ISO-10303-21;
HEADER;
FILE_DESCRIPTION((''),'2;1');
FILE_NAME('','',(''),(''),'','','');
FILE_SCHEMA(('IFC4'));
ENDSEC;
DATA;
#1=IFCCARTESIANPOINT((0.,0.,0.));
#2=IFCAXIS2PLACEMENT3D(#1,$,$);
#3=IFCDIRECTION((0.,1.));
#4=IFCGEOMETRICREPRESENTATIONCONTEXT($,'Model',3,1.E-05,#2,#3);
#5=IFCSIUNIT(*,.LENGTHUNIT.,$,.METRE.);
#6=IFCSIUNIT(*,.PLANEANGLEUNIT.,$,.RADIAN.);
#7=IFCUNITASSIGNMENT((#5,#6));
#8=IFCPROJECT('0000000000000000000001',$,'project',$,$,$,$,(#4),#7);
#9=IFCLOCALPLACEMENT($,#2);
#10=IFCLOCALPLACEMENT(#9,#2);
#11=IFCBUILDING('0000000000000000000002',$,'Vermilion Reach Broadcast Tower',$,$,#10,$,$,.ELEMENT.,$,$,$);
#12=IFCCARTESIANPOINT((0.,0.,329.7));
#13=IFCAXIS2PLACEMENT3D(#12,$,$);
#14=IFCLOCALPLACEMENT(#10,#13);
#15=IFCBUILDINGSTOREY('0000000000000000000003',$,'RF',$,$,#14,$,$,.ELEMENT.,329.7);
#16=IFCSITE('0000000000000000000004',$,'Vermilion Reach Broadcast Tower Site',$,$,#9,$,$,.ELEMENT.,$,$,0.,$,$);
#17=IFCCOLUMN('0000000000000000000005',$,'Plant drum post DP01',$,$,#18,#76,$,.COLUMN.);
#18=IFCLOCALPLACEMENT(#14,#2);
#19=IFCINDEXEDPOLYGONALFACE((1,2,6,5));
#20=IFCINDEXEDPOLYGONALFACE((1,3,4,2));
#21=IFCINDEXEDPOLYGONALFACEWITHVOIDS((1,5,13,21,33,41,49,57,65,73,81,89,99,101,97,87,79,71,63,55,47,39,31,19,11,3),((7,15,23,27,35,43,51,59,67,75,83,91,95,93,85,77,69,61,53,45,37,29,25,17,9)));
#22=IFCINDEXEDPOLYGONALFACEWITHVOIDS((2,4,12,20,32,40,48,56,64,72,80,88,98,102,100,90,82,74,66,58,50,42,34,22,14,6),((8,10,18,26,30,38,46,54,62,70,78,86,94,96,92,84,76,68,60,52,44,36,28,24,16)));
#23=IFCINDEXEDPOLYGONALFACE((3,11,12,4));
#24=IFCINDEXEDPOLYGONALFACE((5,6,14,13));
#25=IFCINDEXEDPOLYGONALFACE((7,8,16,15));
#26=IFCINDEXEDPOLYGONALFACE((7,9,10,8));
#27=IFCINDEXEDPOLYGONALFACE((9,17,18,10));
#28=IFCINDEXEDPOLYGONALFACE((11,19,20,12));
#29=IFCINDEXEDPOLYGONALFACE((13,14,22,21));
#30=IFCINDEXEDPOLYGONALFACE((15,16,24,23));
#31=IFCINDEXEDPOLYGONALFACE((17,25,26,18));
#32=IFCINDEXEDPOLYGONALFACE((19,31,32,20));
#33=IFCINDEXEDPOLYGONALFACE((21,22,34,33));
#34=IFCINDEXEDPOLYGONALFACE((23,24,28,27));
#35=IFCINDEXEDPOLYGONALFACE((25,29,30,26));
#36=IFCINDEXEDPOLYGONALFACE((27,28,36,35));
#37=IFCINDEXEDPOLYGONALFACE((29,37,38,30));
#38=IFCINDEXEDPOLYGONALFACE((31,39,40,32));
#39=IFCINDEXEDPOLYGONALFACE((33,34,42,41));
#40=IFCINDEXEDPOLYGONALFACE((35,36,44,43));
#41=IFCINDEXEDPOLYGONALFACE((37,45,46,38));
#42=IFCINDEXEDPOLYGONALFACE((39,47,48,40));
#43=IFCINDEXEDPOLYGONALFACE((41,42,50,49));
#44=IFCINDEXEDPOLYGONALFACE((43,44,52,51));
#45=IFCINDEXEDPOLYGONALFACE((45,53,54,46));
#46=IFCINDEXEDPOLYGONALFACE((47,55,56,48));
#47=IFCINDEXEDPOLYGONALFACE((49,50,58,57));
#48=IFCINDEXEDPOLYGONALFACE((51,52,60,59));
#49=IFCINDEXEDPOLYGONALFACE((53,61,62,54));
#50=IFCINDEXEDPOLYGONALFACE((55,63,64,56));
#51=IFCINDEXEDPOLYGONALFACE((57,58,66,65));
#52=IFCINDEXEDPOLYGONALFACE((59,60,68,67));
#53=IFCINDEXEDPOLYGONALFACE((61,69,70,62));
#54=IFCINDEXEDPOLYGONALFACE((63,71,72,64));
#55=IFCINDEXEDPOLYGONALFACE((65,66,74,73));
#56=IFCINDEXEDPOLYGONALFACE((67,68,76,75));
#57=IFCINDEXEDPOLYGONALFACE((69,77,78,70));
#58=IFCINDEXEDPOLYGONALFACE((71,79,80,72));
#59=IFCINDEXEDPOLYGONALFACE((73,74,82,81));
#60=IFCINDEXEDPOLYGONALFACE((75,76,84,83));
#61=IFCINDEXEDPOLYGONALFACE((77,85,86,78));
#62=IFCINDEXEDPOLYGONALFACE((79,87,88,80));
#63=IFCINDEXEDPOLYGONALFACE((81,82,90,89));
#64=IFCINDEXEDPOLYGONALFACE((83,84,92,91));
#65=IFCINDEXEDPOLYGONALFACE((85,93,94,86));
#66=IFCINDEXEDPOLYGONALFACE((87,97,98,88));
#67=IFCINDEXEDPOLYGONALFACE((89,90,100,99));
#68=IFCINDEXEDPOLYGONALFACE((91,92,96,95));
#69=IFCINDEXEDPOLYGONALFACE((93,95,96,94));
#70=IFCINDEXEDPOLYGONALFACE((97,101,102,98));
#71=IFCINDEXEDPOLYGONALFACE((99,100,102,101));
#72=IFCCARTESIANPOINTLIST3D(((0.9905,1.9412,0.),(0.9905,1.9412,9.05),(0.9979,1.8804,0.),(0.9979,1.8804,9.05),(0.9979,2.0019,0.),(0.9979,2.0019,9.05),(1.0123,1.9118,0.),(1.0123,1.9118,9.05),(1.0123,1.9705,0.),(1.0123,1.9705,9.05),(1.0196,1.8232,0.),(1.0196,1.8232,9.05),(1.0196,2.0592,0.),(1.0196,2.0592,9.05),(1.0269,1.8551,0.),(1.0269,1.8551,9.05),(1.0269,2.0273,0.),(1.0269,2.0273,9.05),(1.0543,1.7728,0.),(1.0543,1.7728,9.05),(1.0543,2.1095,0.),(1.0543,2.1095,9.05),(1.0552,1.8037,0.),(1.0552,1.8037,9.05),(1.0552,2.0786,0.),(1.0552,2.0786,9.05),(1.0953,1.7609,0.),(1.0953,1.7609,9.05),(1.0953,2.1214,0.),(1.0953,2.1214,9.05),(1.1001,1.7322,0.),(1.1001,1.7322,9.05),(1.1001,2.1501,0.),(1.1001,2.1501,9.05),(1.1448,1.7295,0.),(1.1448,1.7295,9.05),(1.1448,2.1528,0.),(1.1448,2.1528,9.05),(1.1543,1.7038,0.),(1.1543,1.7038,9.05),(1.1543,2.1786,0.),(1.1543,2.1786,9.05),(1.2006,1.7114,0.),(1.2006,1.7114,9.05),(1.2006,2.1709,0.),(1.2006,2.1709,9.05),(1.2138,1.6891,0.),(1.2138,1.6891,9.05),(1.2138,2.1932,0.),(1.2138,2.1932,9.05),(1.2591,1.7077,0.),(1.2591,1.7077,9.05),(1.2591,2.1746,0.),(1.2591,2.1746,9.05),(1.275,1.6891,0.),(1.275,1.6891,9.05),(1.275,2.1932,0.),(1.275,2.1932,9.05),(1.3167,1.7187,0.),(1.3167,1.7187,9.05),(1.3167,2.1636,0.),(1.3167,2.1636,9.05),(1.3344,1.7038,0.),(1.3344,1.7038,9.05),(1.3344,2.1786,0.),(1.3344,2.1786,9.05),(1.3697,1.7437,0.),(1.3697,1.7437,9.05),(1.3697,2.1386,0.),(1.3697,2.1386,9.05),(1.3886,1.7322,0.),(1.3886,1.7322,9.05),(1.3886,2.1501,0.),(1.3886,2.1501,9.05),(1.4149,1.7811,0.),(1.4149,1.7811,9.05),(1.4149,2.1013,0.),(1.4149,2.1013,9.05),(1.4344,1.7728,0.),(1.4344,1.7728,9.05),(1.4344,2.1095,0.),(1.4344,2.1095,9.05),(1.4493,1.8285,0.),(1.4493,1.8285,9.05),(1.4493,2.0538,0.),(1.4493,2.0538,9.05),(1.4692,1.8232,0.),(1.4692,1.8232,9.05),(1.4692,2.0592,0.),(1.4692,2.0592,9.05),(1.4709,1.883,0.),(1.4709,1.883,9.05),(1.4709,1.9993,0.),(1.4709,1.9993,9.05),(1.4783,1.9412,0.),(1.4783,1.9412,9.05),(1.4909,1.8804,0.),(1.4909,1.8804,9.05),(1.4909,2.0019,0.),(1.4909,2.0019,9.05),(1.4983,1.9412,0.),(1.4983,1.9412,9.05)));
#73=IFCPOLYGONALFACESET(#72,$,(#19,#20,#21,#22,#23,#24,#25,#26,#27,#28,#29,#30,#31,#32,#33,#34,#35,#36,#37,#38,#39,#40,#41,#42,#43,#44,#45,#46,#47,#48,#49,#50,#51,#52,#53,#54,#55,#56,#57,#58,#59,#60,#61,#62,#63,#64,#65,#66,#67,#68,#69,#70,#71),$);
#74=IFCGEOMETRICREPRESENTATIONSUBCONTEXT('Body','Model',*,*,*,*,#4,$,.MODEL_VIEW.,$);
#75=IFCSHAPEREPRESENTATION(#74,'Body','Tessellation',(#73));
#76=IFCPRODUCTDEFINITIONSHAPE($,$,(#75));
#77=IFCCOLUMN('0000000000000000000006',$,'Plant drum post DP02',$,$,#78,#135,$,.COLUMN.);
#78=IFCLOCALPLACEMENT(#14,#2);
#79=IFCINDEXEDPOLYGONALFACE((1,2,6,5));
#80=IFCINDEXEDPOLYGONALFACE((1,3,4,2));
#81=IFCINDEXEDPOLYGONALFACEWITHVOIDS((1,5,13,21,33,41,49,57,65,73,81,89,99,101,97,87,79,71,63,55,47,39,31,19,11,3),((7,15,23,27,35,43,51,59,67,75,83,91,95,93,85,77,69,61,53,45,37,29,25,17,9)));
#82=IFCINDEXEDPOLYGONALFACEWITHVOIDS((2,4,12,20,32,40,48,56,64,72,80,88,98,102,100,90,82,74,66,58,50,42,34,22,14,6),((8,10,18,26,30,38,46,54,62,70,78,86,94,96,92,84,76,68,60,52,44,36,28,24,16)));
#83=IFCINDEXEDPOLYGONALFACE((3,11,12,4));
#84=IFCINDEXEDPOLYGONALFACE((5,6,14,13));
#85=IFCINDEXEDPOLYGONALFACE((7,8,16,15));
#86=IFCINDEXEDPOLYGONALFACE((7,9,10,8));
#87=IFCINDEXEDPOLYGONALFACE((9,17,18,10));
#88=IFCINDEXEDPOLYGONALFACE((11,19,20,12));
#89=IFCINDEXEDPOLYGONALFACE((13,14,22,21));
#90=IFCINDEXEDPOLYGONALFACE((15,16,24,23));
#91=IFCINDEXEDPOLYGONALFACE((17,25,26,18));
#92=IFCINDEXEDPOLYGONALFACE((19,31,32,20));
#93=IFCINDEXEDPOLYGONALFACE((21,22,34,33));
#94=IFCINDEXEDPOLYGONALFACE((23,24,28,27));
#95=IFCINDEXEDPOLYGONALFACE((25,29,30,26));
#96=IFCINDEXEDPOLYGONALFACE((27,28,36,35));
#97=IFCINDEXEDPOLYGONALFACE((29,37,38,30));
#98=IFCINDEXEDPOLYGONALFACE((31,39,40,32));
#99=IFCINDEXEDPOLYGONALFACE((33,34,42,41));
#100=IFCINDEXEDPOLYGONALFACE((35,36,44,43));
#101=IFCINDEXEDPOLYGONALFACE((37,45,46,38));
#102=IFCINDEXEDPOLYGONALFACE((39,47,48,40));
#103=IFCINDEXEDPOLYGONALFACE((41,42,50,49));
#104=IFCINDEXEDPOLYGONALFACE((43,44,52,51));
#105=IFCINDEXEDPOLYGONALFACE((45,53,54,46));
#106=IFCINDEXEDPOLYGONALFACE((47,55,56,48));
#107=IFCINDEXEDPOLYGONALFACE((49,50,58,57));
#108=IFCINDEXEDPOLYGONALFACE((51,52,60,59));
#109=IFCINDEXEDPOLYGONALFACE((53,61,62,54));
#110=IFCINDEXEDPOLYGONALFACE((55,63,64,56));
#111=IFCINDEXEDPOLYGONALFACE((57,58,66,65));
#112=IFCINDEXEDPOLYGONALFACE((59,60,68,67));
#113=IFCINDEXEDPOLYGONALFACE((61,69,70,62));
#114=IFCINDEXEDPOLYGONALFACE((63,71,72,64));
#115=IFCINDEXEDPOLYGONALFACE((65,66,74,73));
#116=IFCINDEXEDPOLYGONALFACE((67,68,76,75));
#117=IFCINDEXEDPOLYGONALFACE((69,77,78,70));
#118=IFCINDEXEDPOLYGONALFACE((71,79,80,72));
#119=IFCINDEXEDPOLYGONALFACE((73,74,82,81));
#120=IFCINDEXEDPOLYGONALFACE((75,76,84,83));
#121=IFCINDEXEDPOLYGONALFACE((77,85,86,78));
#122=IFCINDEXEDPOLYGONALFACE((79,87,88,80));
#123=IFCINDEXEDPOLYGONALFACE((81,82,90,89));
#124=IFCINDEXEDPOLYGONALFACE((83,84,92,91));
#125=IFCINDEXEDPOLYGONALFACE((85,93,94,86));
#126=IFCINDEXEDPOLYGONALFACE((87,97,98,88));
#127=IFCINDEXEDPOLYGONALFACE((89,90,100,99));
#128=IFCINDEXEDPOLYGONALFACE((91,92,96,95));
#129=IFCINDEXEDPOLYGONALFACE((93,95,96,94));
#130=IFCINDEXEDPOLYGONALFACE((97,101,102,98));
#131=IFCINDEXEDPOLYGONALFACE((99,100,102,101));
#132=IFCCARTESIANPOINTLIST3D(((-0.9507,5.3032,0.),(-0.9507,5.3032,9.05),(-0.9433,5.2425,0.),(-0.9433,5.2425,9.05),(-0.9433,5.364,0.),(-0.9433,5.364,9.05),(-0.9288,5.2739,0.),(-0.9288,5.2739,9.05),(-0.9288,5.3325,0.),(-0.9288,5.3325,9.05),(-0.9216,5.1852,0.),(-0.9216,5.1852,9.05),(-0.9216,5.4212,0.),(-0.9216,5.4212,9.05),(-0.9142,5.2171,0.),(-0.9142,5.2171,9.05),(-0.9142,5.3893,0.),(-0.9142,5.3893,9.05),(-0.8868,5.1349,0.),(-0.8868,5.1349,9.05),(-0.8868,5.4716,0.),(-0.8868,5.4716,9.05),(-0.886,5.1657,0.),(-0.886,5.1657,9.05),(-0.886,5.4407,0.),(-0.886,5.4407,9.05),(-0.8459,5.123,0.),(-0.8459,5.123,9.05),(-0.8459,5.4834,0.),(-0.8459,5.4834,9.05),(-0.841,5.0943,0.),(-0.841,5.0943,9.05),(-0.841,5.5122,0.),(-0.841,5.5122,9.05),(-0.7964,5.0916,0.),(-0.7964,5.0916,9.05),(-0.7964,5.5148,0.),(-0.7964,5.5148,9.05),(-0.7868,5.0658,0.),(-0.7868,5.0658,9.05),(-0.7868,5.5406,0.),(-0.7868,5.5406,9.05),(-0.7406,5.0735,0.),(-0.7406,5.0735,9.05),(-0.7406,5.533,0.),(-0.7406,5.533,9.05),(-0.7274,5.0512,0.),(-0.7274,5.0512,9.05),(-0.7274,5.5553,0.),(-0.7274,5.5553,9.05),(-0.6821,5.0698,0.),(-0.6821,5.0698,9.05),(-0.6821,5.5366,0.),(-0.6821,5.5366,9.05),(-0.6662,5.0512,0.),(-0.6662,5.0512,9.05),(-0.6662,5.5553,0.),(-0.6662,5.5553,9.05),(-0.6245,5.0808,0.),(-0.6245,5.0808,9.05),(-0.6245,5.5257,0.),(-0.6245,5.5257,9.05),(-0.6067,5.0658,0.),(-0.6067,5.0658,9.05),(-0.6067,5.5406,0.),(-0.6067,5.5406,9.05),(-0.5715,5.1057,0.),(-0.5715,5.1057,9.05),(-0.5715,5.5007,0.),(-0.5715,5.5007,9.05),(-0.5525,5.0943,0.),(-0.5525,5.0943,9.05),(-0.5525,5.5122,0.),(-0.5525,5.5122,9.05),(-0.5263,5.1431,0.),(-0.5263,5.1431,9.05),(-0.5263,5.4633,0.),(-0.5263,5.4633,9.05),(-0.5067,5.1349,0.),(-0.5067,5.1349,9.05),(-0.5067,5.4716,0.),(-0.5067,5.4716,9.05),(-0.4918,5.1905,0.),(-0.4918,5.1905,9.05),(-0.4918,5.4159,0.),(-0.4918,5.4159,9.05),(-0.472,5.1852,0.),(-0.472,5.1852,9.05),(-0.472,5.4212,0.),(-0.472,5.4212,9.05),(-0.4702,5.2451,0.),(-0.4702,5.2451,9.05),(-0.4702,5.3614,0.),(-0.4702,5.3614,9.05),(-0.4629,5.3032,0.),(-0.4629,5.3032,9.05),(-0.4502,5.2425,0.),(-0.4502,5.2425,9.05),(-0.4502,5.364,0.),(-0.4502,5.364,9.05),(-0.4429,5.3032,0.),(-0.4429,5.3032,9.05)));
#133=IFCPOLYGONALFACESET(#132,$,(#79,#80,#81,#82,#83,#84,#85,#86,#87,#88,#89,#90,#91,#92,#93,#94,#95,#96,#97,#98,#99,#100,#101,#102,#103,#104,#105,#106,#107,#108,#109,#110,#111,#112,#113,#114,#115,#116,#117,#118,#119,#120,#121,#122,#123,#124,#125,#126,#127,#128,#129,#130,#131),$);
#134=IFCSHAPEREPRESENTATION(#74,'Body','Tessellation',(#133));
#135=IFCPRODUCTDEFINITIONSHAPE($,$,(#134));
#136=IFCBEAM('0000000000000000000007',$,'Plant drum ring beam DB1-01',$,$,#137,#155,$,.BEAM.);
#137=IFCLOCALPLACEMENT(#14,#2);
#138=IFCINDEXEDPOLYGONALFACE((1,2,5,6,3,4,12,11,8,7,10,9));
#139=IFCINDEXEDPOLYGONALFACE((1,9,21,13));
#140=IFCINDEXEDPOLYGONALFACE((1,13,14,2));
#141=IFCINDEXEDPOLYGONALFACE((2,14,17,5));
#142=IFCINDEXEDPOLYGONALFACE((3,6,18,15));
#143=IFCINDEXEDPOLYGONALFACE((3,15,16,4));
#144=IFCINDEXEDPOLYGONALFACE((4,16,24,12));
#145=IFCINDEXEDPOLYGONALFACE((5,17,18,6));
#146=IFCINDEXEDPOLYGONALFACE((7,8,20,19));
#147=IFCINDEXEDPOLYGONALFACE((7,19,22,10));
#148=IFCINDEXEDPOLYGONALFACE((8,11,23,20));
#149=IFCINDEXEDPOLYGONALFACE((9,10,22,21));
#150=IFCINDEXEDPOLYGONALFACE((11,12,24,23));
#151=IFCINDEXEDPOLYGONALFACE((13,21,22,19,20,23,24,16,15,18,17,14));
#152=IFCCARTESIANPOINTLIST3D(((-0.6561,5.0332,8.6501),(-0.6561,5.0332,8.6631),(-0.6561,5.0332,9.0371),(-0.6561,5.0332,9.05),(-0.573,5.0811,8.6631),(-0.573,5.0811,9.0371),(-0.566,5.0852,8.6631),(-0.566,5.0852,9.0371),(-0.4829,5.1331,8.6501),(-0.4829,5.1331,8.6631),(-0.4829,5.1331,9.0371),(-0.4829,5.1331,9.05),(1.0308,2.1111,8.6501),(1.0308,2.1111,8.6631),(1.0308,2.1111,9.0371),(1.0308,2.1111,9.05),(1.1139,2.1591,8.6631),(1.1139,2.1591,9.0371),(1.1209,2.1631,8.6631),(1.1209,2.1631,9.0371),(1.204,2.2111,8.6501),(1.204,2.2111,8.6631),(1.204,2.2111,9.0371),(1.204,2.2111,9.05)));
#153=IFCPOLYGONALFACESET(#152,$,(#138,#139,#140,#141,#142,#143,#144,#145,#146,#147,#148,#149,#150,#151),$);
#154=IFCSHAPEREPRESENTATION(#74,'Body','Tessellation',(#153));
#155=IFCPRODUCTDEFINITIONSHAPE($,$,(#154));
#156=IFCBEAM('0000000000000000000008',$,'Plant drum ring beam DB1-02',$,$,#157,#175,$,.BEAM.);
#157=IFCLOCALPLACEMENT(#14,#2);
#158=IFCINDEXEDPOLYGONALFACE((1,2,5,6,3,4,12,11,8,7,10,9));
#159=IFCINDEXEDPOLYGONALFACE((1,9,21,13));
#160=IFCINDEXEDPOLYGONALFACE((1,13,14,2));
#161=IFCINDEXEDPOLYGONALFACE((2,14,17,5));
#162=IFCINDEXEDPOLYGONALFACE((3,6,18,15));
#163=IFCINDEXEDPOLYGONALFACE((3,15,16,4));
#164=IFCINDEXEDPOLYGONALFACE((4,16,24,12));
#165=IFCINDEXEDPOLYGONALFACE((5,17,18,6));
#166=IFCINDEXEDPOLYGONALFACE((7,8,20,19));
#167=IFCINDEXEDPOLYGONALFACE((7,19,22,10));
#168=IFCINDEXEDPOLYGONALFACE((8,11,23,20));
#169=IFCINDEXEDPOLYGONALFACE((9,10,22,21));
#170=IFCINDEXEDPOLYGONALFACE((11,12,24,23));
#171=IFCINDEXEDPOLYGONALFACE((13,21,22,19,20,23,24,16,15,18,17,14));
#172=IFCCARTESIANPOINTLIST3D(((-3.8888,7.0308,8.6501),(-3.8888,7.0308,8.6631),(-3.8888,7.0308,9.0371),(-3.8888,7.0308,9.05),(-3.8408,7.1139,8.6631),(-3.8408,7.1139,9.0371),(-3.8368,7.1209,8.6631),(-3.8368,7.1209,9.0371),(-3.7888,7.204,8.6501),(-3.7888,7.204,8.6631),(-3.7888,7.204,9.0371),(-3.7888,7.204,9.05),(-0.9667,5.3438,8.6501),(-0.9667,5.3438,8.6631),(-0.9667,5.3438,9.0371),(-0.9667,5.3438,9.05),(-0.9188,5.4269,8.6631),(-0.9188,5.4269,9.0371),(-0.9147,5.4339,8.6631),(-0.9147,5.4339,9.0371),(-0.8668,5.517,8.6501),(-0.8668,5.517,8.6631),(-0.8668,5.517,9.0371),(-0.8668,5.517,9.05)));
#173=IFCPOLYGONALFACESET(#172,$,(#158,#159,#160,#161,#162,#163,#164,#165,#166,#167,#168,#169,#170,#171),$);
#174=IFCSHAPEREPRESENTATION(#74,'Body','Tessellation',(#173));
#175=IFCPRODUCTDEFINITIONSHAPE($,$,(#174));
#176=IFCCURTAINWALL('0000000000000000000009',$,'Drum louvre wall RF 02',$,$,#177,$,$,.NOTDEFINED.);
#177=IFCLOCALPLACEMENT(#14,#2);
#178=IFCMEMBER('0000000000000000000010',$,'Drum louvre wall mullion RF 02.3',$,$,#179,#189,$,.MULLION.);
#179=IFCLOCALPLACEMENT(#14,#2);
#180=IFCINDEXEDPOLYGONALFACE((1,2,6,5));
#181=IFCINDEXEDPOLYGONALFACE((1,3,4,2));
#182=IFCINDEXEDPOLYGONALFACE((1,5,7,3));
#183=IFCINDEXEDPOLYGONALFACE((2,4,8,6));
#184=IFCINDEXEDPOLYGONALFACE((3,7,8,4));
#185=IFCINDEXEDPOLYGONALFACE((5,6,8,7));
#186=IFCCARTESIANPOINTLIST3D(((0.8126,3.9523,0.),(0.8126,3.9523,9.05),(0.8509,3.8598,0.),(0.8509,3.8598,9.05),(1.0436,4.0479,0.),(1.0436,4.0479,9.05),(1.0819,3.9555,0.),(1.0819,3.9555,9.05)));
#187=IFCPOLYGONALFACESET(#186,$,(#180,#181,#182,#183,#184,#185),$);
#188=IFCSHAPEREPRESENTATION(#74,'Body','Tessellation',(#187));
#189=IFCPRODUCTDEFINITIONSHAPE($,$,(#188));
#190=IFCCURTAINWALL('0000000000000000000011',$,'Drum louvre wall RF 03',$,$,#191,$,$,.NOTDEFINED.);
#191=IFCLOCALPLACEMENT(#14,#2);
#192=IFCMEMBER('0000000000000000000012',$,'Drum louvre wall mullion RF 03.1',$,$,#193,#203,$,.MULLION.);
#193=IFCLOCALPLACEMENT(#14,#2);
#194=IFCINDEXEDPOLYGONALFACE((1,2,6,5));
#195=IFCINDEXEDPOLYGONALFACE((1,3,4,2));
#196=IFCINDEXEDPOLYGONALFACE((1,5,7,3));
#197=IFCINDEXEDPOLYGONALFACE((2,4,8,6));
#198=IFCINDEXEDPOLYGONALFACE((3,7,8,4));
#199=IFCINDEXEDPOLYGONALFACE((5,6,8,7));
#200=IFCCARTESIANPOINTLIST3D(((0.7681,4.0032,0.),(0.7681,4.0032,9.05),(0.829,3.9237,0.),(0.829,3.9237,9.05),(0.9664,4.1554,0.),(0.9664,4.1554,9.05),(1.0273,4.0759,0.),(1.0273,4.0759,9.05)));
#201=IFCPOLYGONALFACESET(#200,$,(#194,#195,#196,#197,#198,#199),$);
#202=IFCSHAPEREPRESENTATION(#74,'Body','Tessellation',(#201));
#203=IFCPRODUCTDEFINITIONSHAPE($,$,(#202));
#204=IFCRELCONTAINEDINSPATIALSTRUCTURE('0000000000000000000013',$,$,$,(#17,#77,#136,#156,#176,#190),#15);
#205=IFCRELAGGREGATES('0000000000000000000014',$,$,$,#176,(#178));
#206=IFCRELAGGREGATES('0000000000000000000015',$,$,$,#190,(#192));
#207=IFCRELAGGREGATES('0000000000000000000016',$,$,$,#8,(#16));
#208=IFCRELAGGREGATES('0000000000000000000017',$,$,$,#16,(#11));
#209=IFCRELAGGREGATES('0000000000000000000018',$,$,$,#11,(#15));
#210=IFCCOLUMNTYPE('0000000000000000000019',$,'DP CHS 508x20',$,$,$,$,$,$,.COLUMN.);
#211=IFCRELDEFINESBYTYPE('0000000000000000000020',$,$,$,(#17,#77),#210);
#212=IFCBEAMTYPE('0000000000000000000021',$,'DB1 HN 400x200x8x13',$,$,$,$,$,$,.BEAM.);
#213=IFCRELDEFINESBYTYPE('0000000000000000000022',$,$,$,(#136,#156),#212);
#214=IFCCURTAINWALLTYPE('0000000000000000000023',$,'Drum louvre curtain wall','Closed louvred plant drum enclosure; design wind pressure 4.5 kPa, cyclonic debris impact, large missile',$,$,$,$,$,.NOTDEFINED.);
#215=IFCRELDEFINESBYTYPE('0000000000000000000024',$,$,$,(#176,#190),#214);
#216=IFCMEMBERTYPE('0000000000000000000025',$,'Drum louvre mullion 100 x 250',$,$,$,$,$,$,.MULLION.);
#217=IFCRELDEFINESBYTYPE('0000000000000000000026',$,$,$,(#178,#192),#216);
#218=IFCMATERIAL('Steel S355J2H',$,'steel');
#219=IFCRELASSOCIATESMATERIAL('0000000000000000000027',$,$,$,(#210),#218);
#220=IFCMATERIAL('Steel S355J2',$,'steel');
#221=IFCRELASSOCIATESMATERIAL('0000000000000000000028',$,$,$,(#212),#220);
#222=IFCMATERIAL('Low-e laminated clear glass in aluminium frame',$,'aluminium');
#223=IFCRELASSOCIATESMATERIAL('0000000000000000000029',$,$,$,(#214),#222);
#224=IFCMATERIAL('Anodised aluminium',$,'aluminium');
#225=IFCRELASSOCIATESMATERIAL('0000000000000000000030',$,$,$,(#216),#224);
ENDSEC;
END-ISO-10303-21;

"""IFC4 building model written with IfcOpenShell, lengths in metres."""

from ifc_helpers import new_model, si_unit, direction, frame, origin, origin_2d, place, context, subcontext, project, spatial, rectangle, hollow_circle, i_section, extrude, material, material_profile, profile_set, type_object, element, aggregate, save


model = new_model("IFC4")

# Units and contexts
model_context = context("Model", 3, precision=1e-05, world=origin(), true_north=direction((0.0, 1.0)))
body_context = subcontext(model_context, "Body", "Model", "MODEL_VIEW")
ifc_project = project(units=[si_unit("LENGTHUNIT", "METRE"), si_unit("PLANEANGLEUNIT", "RADIAN")], contexts=[model_context])

# Site, building, storey
site_placement = place(None, origin())
site = spatial("IfcSite", under=ifc_project, at=site_placement, Name="Vermilion Reach Broadcast Tower Site", CompositionType="ELEMENT", RefElevation=0.0)
building_placement = place(site_placement, origin())
building = spatial("IfcBuilding", under=site, at=building_placement, Name="Vermilion Reach Broadcast Tower", CompositionType="ELEMENT")
storey_placement = place(building_placement, frame((0.0, 0.0, 329.7)))
storey = spatial("IfcBuildingStorey", under=building, at=storey_placement, Name="RF", CompositionType="ELEMENT", Elevation=329.7)

# Columns
ifc_material_1 = material(Name="Steel S355J2H", Category="steel")
ifc_material_profile_1 = material_profile(ifc_material_1, hollow_circle(Radius=0.2539, WallThickness=0.02, at=origin_2d()), Name="S355J2H CHS 508x20")
ifc_profile_set_1 = profile_set([ifc_material_profile_1], Name="Steel S355J2H")
column_type = type_object("IfcColumnType", Name="DP CHS 508x20", PredefinedType="COLUMN", material=ifc_profile_set_1)
for number, where, z_axis, x_axis, name in (
    (1, (1.2444, 1.9412, 0.0), (0.0, 0.0, 1.0), (1.0, 0.0, 0.0), "Plant drum post DP01"),
    (2, (-0.6968, 5.3032, 0.0), (0.0, 0.0, 1.0), (1.0, 0.0, 0.0), "Plant drum post DP02"),
):
    element("IfcColumn", number, at=place(storey_placement, frame(where, z_axis=z_axis, x_axis=x_axis)), inside=storey, type_object=column_type, Name=name, PredefinedType="COLUMN", context=body_context, shape_type="SweptSolid", body=[
        extrude(hollow_circle(Radius=0.2539, WallThickness=0.02, at=origin_2d()), origin(), (0.0, 0.0, 1.0), 9.05),
    ])

# Beams
ifc_material_2 = material(Name="Steel S355J2", Category="steel")
ifc_material_profile_2 = material_profile(ifc_material_2, i_section(OverallWidth=0.2, OverallDepth=0.3999, WebThickness=0.0081, FlangeThickness=0.0129, at=origin_2d()), Name="S355J2 HN 400x200x8x13")
ifc_profile_set_2 = profile_set([ifc_material_profile_2], Name="Steel S355J2")
beam_type = type_object("IfcBeamType", Name="DB1 HN 400x200x8x13", PredefinedType="BEAM", material=ifc_profile_set_2)
for number, where, z_axis, x_axis, name in (
    (3, (1.1174, 2.1611, 8.8501), (-0.499983, 0.866035, 0.0), (-0.866035, -0.499983, 0.0), "Plant drum ring beam DB1-01"),
    (4, (-0.9167, 5.4304, 8.8501), (-0.866035, 0.499983, 0.0), (-0.499983, -0.866035, 0.0), "Plant drum ring beam DB1-02"),
):
    element("IfcBeam", number, at=place(storey_placement, frame(where, z_axis=z_axis, x_axis=x_axis)), inside=storey, type_object=beam_type, Name=name, PredefinedType="BEAM", context=body_context, shape_type="SweptSolid", body=[
        extrude(i_section(OverallWidth=0.2, OverallDepth=0.3999, WebThickness=0.0081, FlangeThickness=0.0129, at=origin_2d()), origin(), (0.0, 0.0, 1.0), 3.374),
    ])

# Curtain wall, member
ifc_material_3 = material(Name="Low-e laminated clear glass in aluminium frame", Category="aluminium")
curtain_wall_type = type_object("IfcCurtainWallType", Name="Drum louvre curtain wall", Description="Closed louvred plant drum enclosure; design wind pressure 4.5 kPa, cyclonic debris impact, large missile", PredefinedType="NOTDEFINED", material=ifc_material_3)
placement = place(storey_placement, origin())
curtain_wall_1 = element("IfcCurtainWall", 5, at=placement, inside=storey, type_object=curtain_wall_type, Name="Drum louvre wall RF 02", PredefinedType="NOTDEFINED")
ifc_material_4 = material(Name="Anodised aluminium", Category="aluminium")
ifc_material_profile_3 = material_profile(ifc_material_4, rectangle(XDim=0.25, YDim=0.1001, at=origin_2d()), Name="Drum louvre mullion 100 x 250")
ifc_profile_set_3 = profile_set([ifc_material_profile_3], Name="Anodised aluminium")
member_type_1 = type_object("IfcMemberType", Name="Drum louvre mullion 100 x 250", PredefinedType="MULLION", material=ifc_profile_set_3)
member_1_placement = place(storey_placement, frame((0.9473, 3.9539, 0.0), z_axis=(0.0, 0.0, 1.0), x_axis=(-0.92388, -0.382683, 0.0)))
member_1 = element("IfcMember", 6, at=member_1_placement, type_object=member_type_1, Name="Drum louvre wall mullion RF 02.3", PredefinedType="MULLION", context=body_context, shape_type="SweptSolid", body=[
    extrude(rectangle(XDim=0.25, YDim=0.1001, at=origin_2d()), origin(), (0.0, 0.0, 1.0), 9.05),
])

# Curtain wall, member
curtain_wall_2 = element("IfcCurtainWall", 7, at=placement, inside=storey, type_object=curtain_wall_type, Name="Drum louvre wall RF 03", PredefinedType="NOTDEFINED")
member_2_placement = place(storey_placement, frame((0.8977, 4.0396, 0.0), z_axis=(0.0, 0.0, 1.0), x_axis=(-0.793353, -0.608761, 0.0)))
member_2 = element("IfcMember", 8, at=member_2_placement, type_object=member_type_1, Name="Drum louvre wall mullion RF 03.1", PredefinedType="MULLION", context=body_context, shape_type="SweptSolid", body=[
    extrude(rectangle(XDim=0.25, YDim=0.1001, at=origin_2d()), origin(), (0.0, 0.0, 1.0), 9.05),
])

aggregate(curtain_wall_1, [member_1])
aggregate(curtain_wall_2, [member_2])

save(model, "model.ifc")
